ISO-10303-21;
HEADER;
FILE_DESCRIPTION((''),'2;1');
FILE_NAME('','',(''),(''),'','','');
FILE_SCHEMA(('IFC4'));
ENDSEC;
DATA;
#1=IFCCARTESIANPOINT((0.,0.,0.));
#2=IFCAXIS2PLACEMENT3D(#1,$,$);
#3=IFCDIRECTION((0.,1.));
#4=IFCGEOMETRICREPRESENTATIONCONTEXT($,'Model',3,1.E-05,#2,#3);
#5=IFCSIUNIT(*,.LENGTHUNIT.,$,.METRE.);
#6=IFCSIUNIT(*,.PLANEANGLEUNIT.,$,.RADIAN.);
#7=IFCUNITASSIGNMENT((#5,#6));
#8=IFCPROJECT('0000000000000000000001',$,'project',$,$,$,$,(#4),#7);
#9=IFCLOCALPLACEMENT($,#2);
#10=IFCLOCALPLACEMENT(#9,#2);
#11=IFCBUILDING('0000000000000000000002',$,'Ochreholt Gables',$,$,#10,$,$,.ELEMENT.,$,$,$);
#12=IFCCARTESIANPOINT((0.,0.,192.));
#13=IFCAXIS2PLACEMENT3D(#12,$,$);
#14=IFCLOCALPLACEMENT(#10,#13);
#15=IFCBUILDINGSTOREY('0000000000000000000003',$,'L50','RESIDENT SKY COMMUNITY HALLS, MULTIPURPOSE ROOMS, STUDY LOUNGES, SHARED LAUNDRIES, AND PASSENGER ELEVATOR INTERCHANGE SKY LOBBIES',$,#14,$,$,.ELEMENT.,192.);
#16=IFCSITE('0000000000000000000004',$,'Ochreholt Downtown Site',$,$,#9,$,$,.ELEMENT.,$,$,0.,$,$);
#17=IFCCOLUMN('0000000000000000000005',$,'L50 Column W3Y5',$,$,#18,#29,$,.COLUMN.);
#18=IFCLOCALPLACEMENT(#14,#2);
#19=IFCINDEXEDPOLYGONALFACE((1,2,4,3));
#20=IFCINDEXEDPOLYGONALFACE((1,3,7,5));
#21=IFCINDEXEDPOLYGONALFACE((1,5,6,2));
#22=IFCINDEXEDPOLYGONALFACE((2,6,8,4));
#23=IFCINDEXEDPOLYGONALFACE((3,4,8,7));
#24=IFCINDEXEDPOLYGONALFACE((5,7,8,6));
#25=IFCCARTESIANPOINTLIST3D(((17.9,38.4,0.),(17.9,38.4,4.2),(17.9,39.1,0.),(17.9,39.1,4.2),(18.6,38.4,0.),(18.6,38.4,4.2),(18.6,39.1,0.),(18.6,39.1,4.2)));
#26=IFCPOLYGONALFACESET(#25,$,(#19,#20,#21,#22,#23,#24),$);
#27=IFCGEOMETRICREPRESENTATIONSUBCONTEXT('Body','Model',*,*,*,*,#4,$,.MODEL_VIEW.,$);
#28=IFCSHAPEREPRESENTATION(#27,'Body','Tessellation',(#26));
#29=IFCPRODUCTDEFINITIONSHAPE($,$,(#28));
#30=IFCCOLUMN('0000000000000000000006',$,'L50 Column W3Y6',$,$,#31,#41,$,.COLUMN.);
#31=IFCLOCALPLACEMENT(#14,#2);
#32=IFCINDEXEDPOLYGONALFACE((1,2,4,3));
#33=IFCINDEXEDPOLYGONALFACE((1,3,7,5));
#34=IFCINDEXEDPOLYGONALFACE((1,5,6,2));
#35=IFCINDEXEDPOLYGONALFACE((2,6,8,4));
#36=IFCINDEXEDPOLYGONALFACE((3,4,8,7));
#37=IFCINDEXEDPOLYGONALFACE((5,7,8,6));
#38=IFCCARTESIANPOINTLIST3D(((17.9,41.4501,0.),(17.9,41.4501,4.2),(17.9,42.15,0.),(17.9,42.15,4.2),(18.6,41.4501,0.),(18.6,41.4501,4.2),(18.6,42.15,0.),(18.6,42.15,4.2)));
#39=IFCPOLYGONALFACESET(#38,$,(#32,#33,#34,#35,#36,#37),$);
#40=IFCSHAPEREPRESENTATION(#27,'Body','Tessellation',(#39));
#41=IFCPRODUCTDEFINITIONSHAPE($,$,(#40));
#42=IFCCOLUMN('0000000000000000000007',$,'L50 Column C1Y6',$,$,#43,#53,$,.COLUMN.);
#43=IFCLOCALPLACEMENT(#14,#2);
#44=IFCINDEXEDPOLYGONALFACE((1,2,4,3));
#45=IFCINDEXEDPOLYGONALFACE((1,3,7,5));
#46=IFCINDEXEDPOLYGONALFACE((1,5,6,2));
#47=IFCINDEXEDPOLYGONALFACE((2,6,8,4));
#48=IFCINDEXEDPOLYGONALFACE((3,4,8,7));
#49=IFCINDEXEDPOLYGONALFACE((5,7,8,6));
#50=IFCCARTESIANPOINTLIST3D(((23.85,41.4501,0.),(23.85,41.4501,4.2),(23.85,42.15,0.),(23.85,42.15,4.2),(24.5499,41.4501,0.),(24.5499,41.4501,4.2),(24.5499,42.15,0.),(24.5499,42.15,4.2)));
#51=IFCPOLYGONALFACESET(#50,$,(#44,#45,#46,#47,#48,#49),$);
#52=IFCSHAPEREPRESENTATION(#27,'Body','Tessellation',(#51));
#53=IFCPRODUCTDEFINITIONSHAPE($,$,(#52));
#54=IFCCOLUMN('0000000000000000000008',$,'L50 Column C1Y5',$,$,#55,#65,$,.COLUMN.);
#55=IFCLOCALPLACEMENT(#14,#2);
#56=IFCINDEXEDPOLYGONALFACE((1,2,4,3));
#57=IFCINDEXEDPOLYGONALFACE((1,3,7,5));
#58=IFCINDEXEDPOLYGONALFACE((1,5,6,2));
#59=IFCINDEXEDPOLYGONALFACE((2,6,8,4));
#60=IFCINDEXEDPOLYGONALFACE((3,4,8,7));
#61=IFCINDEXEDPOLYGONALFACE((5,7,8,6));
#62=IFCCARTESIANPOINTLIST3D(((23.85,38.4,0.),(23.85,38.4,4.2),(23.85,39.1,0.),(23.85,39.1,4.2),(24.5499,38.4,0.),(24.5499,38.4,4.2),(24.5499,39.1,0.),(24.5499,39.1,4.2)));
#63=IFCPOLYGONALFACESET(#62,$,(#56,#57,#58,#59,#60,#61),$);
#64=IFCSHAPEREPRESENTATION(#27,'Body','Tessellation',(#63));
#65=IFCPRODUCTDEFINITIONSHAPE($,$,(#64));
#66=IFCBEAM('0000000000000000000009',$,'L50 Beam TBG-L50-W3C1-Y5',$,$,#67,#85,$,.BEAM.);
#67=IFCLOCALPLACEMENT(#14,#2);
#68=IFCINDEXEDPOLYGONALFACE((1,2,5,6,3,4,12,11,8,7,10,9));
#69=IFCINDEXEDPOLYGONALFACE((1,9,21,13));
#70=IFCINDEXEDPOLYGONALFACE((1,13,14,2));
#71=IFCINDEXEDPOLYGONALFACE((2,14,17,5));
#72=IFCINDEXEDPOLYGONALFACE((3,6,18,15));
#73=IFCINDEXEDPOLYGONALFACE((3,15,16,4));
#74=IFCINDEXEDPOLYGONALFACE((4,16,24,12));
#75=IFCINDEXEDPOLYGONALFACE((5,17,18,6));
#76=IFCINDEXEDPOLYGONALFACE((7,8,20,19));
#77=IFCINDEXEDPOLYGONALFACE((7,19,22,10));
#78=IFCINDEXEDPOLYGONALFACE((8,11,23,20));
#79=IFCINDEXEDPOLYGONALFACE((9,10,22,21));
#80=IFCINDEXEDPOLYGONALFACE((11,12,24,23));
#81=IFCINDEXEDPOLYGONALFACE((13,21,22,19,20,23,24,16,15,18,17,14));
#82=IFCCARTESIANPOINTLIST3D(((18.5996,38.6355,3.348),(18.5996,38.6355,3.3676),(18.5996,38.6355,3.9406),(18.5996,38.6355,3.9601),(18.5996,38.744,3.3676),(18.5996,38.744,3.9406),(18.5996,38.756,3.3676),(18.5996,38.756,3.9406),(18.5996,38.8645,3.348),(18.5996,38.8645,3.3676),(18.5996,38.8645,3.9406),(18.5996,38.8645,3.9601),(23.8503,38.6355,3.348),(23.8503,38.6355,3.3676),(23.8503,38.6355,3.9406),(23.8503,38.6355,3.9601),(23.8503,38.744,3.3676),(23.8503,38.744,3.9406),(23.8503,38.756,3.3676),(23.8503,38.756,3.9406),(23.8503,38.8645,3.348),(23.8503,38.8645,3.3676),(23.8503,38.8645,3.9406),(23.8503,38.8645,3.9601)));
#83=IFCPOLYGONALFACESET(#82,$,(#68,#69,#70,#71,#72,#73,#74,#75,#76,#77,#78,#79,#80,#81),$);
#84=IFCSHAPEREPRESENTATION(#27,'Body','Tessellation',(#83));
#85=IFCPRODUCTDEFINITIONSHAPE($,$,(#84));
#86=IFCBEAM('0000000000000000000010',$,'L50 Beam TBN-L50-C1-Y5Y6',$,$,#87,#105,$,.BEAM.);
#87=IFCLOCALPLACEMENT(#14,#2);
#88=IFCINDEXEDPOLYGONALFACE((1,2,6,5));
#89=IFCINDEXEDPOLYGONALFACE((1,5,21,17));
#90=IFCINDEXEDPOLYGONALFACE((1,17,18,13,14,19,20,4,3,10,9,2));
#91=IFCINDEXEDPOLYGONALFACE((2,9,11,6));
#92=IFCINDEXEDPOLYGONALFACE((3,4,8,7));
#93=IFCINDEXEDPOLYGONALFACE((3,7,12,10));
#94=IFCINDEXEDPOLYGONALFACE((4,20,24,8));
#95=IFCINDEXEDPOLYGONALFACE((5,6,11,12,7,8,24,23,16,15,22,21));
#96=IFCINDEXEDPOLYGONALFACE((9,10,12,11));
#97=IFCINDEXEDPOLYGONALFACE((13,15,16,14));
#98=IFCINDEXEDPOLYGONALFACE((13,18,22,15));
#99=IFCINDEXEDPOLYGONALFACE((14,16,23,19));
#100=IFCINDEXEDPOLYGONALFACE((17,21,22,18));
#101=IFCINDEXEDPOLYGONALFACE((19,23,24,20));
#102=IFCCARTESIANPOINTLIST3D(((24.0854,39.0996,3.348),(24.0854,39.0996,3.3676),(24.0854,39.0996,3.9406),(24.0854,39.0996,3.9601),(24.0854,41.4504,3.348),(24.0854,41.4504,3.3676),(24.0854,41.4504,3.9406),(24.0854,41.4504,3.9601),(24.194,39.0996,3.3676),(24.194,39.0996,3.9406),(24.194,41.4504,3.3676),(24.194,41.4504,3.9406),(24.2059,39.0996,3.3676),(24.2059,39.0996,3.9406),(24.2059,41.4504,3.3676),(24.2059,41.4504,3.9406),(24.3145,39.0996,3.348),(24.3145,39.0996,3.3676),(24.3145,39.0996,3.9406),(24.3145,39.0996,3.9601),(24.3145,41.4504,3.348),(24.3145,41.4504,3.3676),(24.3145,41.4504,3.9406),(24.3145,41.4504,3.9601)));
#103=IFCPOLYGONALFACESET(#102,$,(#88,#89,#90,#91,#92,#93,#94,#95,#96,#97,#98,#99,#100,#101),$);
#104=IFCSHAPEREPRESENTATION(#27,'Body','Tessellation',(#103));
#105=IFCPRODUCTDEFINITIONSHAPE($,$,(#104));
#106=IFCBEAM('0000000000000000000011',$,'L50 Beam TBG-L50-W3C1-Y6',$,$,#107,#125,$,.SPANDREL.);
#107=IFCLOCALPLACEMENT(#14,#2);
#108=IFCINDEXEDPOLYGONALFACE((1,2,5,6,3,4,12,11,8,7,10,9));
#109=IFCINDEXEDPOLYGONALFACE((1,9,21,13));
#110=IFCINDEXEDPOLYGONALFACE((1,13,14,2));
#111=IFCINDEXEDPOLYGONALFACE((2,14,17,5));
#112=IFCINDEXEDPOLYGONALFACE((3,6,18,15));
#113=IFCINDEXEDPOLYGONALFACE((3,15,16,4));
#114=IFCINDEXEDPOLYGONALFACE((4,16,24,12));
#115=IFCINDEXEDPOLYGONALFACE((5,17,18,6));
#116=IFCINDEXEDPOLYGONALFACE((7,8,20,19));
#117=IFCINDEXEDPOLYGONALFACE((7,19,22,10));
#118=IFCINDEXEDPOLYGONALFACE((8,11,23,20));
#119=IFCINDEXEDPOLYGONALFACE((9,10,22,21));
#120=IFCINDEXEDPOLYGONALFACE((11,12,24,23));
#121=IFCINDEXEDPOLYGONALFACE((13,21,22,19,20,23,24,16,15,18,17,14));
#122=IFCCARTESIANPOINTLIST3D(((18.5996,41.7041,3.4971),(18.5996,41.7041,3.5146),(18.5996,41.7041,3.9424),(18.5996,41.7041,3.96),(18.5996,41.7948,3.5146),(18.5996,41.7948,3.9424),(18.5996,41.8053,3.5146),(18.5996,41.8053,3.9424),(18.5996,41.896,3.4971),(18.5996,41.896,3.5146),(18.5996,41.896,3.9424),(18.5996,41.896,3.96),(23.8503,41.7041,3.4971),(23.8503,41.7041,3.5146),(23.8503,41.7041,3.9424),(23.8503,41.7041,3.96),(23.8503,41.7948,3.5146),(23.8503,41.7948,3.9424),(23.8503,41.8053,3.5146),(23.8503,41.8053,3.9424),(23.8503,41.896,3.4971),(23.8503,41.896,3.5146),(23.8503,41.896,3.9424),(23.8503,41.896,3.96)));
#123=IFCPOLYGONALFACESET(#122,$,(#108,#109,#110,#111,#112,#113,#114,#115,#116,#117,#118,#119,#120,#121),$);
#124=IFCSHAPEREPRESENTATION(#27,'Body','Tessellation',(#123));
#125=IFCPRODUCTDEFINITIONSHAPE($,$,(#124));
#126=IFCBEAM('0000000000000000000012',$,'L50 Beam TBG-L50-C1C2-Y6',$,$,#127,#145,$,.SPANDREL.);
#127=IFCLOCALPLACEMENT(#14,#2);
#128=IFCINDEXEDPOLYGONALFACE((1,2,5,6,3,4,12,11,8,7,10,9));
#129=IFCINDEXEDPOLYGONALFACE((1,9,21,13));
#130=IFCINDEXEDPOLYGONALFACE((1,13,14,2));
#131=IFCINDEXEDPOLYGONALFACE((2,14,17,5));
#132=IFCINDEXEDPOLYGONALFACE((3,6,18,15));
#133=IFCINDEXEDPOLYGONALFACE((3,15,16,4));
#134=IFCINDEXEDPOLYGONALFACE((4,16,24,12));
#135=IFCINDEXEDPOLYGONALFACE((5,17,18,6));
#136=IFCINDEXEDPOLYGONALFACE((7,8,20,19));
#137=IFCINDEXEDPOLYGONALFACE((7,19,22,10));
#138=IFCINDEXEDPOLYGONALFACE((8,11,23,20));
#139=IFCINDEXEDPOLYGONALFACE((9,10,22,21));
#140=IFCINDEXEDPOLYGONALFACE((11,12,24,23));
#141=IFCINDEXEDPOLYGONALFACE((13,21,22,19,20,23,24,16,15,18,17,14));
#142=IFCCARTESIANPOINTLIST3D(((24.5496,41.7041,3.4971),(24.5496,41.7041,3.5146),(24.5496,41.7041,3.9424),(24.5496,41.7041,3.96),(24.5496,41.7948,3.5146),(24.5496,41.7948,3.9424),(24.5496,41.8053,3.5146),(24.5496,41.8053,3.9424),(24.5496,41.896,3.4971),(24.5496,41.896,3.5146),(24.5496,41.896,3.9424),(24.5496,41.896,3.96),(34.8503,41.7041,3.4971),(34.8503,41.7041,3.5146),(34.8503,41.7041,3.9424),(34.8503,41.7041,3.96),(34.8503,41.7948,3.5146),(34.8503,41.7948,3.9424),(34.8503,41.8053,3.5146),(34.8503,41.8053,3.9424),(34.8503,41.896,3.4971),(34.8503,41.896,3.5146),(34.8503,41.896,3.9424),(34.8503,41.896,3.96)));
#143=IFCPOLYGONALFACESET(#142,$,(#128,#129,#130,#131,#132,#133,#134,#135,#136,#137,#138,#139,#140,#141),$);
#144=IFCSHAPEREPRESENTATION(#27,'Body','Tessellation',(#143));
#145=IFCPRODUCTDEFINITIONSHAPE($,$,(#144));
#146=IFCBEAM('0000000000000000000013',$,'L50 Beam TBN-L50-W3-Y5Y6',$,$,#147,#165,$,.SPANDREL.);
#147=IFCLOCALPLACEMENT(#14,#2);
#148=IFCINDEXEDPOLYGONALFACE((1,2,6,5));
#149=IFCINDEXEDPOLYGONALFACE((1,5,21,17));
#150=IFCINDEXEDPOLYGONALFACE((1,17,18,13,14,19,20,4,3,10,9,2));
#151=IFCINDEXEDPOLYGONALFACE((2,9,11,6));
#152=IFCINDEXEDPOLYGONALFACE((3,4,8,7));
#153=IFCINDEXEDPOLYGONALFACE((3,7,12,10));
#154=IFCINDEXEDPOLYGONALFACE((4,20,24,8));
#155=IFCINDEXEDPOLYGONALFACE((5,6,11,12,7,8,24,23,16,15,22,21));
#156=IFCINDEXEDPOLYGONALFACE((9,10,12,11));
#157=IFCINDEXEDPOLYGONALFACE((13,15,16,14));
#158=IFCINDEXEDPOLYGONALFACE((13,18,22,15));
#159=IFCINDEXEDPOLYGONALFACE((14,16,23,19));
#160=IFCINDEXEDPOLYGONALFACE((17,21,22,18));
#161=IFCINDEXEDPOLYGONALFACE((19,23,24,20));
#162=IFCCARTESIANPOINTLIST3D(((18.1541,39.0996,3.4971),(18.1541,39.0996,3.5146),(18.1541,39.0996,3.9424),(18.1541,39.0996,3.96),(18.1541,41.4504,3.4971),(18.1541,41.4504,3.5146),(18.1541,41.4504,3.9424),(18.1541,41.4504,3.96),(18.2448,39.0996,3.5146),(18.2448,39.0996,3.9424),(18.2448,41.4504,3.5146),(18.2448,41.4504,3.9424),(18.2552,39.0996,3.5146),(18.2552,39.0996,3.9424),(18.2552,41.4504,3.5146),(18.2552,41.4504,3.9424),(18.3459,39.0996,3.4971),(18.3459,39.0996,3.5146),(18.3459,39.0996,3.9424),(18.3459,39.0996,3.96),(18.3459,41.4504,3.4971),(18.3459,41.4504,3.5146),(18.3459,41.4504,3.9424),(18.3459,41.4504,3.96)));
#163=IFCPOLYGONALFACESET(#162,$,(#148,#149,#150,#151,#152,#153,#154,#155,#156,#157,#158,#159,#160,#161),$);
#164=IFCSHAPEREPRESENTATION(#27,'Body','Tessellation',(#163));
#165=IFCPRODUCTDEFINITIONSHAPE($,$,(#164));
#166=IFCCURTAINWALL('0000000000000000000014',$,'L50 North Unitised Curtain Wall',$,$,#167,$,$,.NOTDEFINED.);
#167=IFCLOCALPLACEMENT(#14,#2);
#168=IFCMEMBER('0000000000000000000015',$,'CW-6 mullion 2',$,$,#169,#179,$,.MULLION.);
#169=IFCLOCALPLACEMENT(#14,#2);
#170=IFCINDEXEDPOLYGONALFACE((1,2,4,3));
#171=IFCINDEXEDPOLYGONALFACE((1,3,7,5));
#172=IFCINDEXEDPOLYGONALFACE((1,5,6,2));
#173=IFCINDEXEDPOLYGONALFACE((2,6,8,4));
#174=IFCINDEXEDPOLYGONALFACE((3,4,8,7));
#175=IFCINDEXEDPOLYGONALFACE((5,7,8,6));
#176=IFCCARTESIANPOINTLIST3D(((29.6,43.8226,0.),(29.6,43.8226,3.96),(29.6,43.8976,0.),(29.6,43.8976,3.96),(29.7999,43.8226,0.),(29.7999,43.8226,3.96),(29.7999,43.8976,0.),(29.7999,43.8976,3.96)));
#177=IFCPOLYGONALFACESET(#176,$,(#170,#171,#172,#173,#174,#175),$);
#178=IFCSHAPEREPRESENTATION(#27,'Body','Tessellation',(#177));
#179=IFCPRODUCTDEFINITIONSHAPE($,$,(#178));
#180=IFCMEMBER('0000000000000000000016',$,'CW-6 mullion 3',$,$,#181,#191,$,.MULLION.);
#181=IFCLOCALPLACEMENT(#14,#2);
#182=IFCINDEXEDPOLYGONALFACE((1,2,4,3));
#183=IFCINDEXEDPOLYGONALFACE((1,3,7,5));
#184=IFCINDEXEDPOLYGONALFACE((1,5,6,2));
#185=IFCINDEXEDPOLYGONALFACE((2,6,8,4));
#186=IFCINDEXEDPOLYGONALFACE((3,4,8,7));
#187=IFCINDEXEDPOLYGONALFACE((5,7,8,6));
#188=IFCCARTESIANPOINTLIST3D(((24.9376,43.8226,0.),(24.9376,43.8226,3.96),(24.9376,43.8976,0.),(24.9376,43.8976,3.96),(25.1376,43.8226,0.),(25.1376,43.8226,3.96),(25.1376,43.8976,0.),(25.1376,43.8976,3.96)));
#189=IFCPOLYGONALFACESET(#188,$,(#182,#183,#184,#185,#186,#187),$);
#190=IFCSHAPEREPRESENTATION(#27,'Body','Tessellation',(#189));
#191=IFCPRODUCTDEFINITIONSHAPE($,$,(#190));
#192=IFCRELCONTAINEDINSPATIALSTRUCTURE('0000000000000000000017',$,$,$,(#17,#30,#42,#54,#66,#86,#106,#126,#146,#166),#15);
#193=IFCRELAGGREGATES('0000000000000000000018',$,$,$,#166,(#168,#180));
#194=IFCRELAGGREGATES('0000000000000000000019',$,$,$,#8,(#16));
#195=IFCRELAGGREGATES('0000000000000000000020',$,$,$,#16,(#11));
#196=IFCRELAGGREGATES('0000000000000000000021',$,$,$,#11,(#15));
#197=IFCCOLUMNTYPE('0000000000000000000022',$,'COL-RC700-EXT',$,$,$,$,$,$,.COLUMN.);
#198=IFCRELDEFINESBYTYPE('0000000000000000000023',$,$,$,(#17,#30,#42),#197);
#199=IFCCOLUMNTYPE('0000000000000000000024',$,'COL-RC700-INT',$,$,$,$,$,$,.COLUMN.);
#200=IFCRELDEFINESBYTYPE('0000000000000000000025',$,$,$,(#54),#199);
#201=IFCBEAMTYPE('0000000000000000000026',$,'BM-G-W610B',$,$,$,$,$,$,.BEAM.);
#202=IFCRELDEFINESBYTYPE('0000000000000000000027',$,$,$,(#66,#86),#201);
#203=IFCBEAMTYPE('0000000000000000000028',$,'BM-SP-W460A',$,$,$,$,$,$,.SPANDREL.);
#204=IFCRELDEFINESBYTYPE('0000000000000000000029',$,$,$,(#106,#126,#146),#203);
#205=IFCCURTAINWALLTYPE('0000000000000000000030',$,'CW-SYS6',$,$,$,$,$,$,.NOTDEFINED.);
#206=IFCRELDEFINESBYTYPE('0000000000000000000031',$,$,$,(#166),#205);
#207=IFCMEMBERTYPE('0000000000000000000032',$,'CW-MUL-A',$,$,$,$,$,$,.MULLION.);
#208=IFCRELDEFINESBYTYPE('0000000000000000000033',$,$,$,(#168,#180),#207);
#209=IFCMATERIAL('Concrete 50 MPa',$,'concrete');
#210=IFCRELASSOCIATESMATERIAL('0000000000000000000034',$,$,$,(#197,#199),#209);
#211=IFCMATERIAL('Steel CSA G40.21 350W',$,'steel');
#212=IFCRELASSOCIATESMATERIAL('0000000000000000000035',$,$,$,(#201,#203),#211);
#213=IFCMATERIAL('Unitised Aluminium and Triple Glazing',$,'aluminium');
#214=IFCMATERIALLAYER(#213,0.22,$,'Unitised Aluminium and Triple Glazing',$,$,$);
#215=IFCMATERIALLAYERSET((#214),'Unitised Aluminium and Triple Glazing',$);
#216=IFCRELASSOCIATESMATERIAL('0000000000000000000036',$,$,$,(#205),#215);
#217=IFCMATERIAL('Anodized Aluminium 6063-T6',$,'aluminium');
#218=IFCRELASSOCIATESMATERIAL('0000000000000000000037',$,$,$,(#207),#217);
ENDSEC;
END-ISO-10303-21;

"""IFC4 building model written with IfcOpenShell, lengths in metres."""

from ifc_helpers import new_model, si_unit, direction, frame, origin, origin_2d, place, context, subcontext, project, spatial, rectangle, i_section, extrude, material, layer, layer_set, material_profile, profile_set, type_object, element, aggregate, save


model = new_model("IFC4")

# Units and contexts
model_context = context("Model", 3, precision=1e-05, world=origin(), true_north=direction((0.0, 1.0)))
body_context = subcontext(model_context, "Body", "Model", "MODEL_VIEW")
ifc_project = project(units=[si_unit("LENGTHUNIT", "METRE"), si_unit("PLANEANGLEUNIT", "RADIAN")], contexts=[model_context])

# Site, building, storey
site_placement = place(None, origin())
site = spatial("IfcSite", under=ifc_project, at=site_placement, Name="Ochreholt Downtown Site", CompositionType="ELEMENT", RefElevation=0.0)
building_placement = place(site_placement, origin())
building = spatial("IfcBuilding", under=site, at=building_placement, Name="Ochreholt Gables", CompositionType="ELEMENT")
storey_placement = place(building_placement, frame((0.0, 0.0, 192.0)))
storey = spatial("IfcBuildingStorey", under=building, at=storey_placement, Name="L50", Description="RESIDENT SKY COMMUNITY HALLS, MULTIPURPOSE ROOMS, STUDY LOUNGES, SHARED LAUNDRIES, AND PASSENGER ELEVATOR INTERCHANGE SKY LOBBIES", CompositionType="ELEMENT", Elevation=192.0)

# Columns
ifc_material_1 = material(Name="Concrete 50 MPa", Category="concrete")
ifc_material_profile_1 = material_profile(ifc_material_1, rectangle(XDim=0.7, YDim=0.7, at=origin_2d()), Name="RC700X700")
ifc_profile_set_1 = profile_set([ifc_material_profile_1], Name="Concrete 50 MPa")
column_type_1 = type_object("IfcColumnType", Name="COL-RC700-EXT", PredefinedType="COLUMN", material=ifc_profile_set_1)
for number, where, z_axis, x_axis, name in (
    (1, (18.25, 38.75, 0.0), (0.0, 0.0, 1.0), (1.0, 0.0, 0.0), "L50 Column W3Y5"),
    (2, (18.25, 41.8, 0.0), (0.0, 0.0, 1.0), (1.0, 0.0, 0.0), "L50 Column W3Y6"),
    (3, (24.2, 41.8, 0.0), (0.0, 0.0, 1.0), (1.0, 0.0, 0.0), "L50 Column C1Y6"),
):
    element("IfcColumn", number, at=place(storey_placement, frame(where, z_axis=z_axis, x_axis=x_axis)), inside=storey, type_object=column_type_1, Name=name, PredefinedType="COLUMN", context=body_context, shape_type="SweptSolid", body=[
        extrude(rectangle(XDim=0.7, YDim=0.7, at=origin_2d()), origin(), (0.0, 0.0, 1.0), 4.2),
    ])
ifc_material_profile_2 = material_profile(ifc_material_1, rectangle(XDim=0.7, YDim=0.7, at=origin_2d()), Name="RC700X700")
ifc_profile_set_2 = profile_set([ifc_material_profile_2], Name="Concrete 50 MPa")
column_type_2 = type_object("IfcColumnType", Name="COL-RC700-INT", PredefinedType="COLUMN", material=ifc_profile_set_2)
column_placement = place(storey_placement, frame((24.2, 38.75, 0.0), z_axis=(0.0, 0.0, 1.0), x_axis=(1.0, 0.0, 0.0)))
element("IfcColumn", 4, at=column_placement, inside=storey, type_object=column_type_2, Name="L50 Column C1Y5", PredefinedType="COLUMN", context=body_context, shape_type="SweptSolid", body=[
    extrude(rectangle(XDim=0.7, YDim=0.7, at=origin_2d()), origin(), (0.0, 0.0, 1.0), 4.2),
])

# Beams
ifc_material_2 = material(Name="Steel CSA G40.21 350W", Category="steel")
ifc_material_profile_3 = material_profile(ifc_material_2, i_section(OverallWidth=0.229, OverallDepth=0.6121, WebThickness=0.012, FlangeThickness=0.0195, at=origin_2d()), Name="W610X125")
ifc_profile_set_3 = profile_set([ifc_material_profile_3], Name="Steel CSA G40.21 350W")
beam_type_1 = type_object("IfcBeamType", Name="BM-G-W610B", PredefinedType="BEAM", material=ifc_profile_set_3)
beam_1_placement = place(storey_placement, frame((18.5996, 38.75, 3.6541), z_axis=(1.0, 0.0, 0.0), x_axis=(0.0, 1.0, 0.0)))
element("IfcBeam", 5, at=beam_1_placement, inside=storey, type_object=beam_type_1, Name="L50 Beam TBG-L50-W3C1-Y5", PredefinedType="BEAM", context=body_context, shape_type="SweptSolid", body=[
    extrude(i_section(OverallWidth=0.229, OverallDepth=0.6121, WebThickness=0.012, FlangeThickness=0.0195, at=origin_2d()), origin(), (0.0, 0.0, 1.0), 5.2507),
])
beam_2_placement = place(storey_placement, frame((24.2, 39.0996, 3.6541), z_axis=(0.0, 1.0, 0.0), x_axis=(-1.0, 0.0, 0.0)))
element("IfcBeam", 6, at=beam_2_placement, inside=storey, type_object=beam_type_1, Name="L50 Beam TBN-L50-C1-Y5Y6", PredefinedType="BEAM", context=body_context, shape_type="SweptSolid", body=[
    extrude(i_section(OverallWidth=0.229, OverallDepth=0.6121, WebThickness=0.012, FlangeThickness=0.0195, at=origin_2d()), origin(), (0.0, 0.0, 1.0), 2.3508),
])
ifc_material_profile_4 = material_profile(ifc_material_2, i_section(OverallWidth=0.1919, OverallDepth=0.4629, WebThickness=0.0105, FlangeThickness=0.0176, at=origin_2d()), Name="W460X89")
ifc_profile_set_4 = profile_set([ifc_material_profile_4], Name="Steel CSA G40.21 350W")
beam_type_2 = type_object("IfcBeamType", Name="BM-SP-W460A", PredefinedType="SPANDREL", material=ifc_profile_set_4)
beam_3_placement = place(storey_placement, frame((18.5996, 41.8, 3.7285), z_axis=(1.0, 0.0, 0.0), x_axis=(0.0, 1.0, 0.0)))
element("IfcBeam", 7, at=beam_3_placement, inside=storey, type_object=beam_type_2, Name="L50 Beam TBG-L50-W3C1-Y6", PredefinedType="SPANDREL", context=body_context, shape_type="SweptSolid", body=[
    extrude(i_section(OverallWidth=0.1919, OverallDepth=0.4629, WebThickness=0.0105, FlangeThickness=0.0176, at=origin_2d()), origin(), (0.0, 0.0, 1.0), 5.2507),
])
beam_4_placement = place(storey_placement, frame((24.5496, 41.8, 3.7285), z_axis=(1.0, 0.0, 0.0), x_axis=(0.0, 1.0, 0.0)))
element("IfcBeam", 8, at=beam_4_placement, inside=storey, type_object=beam_type_2, Name="L50 Beam TBG-L50-C1C2-Y6", PredefinedType="SPANDREL", context=body_context, shape_type="SweptSolid", body=[
    extrude(i_section(OverallWidth=0.1919, OverallDepth=0.4629, WebThickness=0.0105, FlangeThickness=0.0176, at=origin_2d()), origin(), (0.0, 0.0, 1.0), 10.3008),
])
beam_5_placement = place(storey_placement, frame((18.25, 39.0996, 3.7285), z_axis=(0.0, 1.0, 0.0), x_axis=(-1.0, 0.0, 0.0)))
element("IfcBeam", 9, at=beam_5_placement, inside=storey, type_object=beam_type_2, Name="L50 Beam TBN-L50-W3-Y5Y6", PredefinedType="SPANDREL", context=body_context, shape_type="SweptSolid", body=[
    extrude(i_section(OverallWidth=0.1919, OverallDepth=0.4629, WebThickness=0.0105, FlangeThickness=0.0176, at=origin_2d()), origin(), (0.0, 0.0, 1.0), 2.3508),
])

# Curtain wall, members
ifc_material_3 = material(Name="Unitised Aluminium and Triple Glazing", Category="aluminium")
ifc_layer_1 = layer(ifc_material_3, 0.22, Name="Unitised Aluminium and Triple Glazing")
ifc_layer_set_1 = layer_set([ifc_layer_1], Name="Unitised Aluminium and Triple Glazing")
curtain_wall_type = type_object("IfcCurtainWallType", Name="CW-SYS6", PredefinedType="NOTDEFINED", material=ifc_layer_set_1)
curtain_wall_placement = place(storey_placement, origin())
curtain_wall = element("IfcCurtainWall", 10, at=curtain_wall_placement, inside=storey, type_object=curtain_wall_type, Name="L50 North Unitised Curtain Wall", PredefinedType="NOTDEFINED")
ifc_material_4 = material(Name="Anodized Aluminium 6063-T6", Category="aluminium")
ifc_material_profile_5 = material_profile(ifc_material_4, rectangle(XDim=0.075, YDim=0.2, at=origin_2d()), Name="CWM75X200")
ifc_profile_set_5 = profile_set([ifc_material_profile_5], Name="Anodized Aluminium 6063-T6")
member_type_1 = type_object("IfcMemberType", Name="CW-MUL-A", PredefinedType="MULLION", material=ifc_profile_set_5)
member_1_placement = place(storey_placement, frame((29.7, 43.8601, 0.0), z_axis=(0.0, 0.0, 1.0), x_axis=(0.0, -1.0, 0.0)))
member_1 = element("IfcMember", 11, at=member_1_placement, type_object=member_type_1, Name="CW-6 mullion 2", PredefinedType="MULLION", context=body_context, shape_type="SweptSolid", body=[
    extrude(rectangle(XDim=0.075, YDim=0.2, at=origin_2d()), origin(), (0.0, 0.0, 1.0), 3.96),
])
member_2_placement = place(storey_placement, frame((25.0376, 43.8601, 0.0), z_axis=(0.0, 0.0, 1.0), x_axis=(0.0, -1.0, 0.0)))
member_2 = element("IfcMember", 12, at=member_2_placement, type_object=member_type_1, Name="CW-6 mullion 3", PredefinedType="MULLION", context=body_context, shape_type="SweptSolid", body=[
    extrude(rectangle(XDim=0.075, YDim=0.2, at=origin_2d()), origin(), (0.0, 0.0, 1.0), 3.96),
])
aggregate(curtain_wall, [member_1, member_2])

save(model, "model.ifc")
